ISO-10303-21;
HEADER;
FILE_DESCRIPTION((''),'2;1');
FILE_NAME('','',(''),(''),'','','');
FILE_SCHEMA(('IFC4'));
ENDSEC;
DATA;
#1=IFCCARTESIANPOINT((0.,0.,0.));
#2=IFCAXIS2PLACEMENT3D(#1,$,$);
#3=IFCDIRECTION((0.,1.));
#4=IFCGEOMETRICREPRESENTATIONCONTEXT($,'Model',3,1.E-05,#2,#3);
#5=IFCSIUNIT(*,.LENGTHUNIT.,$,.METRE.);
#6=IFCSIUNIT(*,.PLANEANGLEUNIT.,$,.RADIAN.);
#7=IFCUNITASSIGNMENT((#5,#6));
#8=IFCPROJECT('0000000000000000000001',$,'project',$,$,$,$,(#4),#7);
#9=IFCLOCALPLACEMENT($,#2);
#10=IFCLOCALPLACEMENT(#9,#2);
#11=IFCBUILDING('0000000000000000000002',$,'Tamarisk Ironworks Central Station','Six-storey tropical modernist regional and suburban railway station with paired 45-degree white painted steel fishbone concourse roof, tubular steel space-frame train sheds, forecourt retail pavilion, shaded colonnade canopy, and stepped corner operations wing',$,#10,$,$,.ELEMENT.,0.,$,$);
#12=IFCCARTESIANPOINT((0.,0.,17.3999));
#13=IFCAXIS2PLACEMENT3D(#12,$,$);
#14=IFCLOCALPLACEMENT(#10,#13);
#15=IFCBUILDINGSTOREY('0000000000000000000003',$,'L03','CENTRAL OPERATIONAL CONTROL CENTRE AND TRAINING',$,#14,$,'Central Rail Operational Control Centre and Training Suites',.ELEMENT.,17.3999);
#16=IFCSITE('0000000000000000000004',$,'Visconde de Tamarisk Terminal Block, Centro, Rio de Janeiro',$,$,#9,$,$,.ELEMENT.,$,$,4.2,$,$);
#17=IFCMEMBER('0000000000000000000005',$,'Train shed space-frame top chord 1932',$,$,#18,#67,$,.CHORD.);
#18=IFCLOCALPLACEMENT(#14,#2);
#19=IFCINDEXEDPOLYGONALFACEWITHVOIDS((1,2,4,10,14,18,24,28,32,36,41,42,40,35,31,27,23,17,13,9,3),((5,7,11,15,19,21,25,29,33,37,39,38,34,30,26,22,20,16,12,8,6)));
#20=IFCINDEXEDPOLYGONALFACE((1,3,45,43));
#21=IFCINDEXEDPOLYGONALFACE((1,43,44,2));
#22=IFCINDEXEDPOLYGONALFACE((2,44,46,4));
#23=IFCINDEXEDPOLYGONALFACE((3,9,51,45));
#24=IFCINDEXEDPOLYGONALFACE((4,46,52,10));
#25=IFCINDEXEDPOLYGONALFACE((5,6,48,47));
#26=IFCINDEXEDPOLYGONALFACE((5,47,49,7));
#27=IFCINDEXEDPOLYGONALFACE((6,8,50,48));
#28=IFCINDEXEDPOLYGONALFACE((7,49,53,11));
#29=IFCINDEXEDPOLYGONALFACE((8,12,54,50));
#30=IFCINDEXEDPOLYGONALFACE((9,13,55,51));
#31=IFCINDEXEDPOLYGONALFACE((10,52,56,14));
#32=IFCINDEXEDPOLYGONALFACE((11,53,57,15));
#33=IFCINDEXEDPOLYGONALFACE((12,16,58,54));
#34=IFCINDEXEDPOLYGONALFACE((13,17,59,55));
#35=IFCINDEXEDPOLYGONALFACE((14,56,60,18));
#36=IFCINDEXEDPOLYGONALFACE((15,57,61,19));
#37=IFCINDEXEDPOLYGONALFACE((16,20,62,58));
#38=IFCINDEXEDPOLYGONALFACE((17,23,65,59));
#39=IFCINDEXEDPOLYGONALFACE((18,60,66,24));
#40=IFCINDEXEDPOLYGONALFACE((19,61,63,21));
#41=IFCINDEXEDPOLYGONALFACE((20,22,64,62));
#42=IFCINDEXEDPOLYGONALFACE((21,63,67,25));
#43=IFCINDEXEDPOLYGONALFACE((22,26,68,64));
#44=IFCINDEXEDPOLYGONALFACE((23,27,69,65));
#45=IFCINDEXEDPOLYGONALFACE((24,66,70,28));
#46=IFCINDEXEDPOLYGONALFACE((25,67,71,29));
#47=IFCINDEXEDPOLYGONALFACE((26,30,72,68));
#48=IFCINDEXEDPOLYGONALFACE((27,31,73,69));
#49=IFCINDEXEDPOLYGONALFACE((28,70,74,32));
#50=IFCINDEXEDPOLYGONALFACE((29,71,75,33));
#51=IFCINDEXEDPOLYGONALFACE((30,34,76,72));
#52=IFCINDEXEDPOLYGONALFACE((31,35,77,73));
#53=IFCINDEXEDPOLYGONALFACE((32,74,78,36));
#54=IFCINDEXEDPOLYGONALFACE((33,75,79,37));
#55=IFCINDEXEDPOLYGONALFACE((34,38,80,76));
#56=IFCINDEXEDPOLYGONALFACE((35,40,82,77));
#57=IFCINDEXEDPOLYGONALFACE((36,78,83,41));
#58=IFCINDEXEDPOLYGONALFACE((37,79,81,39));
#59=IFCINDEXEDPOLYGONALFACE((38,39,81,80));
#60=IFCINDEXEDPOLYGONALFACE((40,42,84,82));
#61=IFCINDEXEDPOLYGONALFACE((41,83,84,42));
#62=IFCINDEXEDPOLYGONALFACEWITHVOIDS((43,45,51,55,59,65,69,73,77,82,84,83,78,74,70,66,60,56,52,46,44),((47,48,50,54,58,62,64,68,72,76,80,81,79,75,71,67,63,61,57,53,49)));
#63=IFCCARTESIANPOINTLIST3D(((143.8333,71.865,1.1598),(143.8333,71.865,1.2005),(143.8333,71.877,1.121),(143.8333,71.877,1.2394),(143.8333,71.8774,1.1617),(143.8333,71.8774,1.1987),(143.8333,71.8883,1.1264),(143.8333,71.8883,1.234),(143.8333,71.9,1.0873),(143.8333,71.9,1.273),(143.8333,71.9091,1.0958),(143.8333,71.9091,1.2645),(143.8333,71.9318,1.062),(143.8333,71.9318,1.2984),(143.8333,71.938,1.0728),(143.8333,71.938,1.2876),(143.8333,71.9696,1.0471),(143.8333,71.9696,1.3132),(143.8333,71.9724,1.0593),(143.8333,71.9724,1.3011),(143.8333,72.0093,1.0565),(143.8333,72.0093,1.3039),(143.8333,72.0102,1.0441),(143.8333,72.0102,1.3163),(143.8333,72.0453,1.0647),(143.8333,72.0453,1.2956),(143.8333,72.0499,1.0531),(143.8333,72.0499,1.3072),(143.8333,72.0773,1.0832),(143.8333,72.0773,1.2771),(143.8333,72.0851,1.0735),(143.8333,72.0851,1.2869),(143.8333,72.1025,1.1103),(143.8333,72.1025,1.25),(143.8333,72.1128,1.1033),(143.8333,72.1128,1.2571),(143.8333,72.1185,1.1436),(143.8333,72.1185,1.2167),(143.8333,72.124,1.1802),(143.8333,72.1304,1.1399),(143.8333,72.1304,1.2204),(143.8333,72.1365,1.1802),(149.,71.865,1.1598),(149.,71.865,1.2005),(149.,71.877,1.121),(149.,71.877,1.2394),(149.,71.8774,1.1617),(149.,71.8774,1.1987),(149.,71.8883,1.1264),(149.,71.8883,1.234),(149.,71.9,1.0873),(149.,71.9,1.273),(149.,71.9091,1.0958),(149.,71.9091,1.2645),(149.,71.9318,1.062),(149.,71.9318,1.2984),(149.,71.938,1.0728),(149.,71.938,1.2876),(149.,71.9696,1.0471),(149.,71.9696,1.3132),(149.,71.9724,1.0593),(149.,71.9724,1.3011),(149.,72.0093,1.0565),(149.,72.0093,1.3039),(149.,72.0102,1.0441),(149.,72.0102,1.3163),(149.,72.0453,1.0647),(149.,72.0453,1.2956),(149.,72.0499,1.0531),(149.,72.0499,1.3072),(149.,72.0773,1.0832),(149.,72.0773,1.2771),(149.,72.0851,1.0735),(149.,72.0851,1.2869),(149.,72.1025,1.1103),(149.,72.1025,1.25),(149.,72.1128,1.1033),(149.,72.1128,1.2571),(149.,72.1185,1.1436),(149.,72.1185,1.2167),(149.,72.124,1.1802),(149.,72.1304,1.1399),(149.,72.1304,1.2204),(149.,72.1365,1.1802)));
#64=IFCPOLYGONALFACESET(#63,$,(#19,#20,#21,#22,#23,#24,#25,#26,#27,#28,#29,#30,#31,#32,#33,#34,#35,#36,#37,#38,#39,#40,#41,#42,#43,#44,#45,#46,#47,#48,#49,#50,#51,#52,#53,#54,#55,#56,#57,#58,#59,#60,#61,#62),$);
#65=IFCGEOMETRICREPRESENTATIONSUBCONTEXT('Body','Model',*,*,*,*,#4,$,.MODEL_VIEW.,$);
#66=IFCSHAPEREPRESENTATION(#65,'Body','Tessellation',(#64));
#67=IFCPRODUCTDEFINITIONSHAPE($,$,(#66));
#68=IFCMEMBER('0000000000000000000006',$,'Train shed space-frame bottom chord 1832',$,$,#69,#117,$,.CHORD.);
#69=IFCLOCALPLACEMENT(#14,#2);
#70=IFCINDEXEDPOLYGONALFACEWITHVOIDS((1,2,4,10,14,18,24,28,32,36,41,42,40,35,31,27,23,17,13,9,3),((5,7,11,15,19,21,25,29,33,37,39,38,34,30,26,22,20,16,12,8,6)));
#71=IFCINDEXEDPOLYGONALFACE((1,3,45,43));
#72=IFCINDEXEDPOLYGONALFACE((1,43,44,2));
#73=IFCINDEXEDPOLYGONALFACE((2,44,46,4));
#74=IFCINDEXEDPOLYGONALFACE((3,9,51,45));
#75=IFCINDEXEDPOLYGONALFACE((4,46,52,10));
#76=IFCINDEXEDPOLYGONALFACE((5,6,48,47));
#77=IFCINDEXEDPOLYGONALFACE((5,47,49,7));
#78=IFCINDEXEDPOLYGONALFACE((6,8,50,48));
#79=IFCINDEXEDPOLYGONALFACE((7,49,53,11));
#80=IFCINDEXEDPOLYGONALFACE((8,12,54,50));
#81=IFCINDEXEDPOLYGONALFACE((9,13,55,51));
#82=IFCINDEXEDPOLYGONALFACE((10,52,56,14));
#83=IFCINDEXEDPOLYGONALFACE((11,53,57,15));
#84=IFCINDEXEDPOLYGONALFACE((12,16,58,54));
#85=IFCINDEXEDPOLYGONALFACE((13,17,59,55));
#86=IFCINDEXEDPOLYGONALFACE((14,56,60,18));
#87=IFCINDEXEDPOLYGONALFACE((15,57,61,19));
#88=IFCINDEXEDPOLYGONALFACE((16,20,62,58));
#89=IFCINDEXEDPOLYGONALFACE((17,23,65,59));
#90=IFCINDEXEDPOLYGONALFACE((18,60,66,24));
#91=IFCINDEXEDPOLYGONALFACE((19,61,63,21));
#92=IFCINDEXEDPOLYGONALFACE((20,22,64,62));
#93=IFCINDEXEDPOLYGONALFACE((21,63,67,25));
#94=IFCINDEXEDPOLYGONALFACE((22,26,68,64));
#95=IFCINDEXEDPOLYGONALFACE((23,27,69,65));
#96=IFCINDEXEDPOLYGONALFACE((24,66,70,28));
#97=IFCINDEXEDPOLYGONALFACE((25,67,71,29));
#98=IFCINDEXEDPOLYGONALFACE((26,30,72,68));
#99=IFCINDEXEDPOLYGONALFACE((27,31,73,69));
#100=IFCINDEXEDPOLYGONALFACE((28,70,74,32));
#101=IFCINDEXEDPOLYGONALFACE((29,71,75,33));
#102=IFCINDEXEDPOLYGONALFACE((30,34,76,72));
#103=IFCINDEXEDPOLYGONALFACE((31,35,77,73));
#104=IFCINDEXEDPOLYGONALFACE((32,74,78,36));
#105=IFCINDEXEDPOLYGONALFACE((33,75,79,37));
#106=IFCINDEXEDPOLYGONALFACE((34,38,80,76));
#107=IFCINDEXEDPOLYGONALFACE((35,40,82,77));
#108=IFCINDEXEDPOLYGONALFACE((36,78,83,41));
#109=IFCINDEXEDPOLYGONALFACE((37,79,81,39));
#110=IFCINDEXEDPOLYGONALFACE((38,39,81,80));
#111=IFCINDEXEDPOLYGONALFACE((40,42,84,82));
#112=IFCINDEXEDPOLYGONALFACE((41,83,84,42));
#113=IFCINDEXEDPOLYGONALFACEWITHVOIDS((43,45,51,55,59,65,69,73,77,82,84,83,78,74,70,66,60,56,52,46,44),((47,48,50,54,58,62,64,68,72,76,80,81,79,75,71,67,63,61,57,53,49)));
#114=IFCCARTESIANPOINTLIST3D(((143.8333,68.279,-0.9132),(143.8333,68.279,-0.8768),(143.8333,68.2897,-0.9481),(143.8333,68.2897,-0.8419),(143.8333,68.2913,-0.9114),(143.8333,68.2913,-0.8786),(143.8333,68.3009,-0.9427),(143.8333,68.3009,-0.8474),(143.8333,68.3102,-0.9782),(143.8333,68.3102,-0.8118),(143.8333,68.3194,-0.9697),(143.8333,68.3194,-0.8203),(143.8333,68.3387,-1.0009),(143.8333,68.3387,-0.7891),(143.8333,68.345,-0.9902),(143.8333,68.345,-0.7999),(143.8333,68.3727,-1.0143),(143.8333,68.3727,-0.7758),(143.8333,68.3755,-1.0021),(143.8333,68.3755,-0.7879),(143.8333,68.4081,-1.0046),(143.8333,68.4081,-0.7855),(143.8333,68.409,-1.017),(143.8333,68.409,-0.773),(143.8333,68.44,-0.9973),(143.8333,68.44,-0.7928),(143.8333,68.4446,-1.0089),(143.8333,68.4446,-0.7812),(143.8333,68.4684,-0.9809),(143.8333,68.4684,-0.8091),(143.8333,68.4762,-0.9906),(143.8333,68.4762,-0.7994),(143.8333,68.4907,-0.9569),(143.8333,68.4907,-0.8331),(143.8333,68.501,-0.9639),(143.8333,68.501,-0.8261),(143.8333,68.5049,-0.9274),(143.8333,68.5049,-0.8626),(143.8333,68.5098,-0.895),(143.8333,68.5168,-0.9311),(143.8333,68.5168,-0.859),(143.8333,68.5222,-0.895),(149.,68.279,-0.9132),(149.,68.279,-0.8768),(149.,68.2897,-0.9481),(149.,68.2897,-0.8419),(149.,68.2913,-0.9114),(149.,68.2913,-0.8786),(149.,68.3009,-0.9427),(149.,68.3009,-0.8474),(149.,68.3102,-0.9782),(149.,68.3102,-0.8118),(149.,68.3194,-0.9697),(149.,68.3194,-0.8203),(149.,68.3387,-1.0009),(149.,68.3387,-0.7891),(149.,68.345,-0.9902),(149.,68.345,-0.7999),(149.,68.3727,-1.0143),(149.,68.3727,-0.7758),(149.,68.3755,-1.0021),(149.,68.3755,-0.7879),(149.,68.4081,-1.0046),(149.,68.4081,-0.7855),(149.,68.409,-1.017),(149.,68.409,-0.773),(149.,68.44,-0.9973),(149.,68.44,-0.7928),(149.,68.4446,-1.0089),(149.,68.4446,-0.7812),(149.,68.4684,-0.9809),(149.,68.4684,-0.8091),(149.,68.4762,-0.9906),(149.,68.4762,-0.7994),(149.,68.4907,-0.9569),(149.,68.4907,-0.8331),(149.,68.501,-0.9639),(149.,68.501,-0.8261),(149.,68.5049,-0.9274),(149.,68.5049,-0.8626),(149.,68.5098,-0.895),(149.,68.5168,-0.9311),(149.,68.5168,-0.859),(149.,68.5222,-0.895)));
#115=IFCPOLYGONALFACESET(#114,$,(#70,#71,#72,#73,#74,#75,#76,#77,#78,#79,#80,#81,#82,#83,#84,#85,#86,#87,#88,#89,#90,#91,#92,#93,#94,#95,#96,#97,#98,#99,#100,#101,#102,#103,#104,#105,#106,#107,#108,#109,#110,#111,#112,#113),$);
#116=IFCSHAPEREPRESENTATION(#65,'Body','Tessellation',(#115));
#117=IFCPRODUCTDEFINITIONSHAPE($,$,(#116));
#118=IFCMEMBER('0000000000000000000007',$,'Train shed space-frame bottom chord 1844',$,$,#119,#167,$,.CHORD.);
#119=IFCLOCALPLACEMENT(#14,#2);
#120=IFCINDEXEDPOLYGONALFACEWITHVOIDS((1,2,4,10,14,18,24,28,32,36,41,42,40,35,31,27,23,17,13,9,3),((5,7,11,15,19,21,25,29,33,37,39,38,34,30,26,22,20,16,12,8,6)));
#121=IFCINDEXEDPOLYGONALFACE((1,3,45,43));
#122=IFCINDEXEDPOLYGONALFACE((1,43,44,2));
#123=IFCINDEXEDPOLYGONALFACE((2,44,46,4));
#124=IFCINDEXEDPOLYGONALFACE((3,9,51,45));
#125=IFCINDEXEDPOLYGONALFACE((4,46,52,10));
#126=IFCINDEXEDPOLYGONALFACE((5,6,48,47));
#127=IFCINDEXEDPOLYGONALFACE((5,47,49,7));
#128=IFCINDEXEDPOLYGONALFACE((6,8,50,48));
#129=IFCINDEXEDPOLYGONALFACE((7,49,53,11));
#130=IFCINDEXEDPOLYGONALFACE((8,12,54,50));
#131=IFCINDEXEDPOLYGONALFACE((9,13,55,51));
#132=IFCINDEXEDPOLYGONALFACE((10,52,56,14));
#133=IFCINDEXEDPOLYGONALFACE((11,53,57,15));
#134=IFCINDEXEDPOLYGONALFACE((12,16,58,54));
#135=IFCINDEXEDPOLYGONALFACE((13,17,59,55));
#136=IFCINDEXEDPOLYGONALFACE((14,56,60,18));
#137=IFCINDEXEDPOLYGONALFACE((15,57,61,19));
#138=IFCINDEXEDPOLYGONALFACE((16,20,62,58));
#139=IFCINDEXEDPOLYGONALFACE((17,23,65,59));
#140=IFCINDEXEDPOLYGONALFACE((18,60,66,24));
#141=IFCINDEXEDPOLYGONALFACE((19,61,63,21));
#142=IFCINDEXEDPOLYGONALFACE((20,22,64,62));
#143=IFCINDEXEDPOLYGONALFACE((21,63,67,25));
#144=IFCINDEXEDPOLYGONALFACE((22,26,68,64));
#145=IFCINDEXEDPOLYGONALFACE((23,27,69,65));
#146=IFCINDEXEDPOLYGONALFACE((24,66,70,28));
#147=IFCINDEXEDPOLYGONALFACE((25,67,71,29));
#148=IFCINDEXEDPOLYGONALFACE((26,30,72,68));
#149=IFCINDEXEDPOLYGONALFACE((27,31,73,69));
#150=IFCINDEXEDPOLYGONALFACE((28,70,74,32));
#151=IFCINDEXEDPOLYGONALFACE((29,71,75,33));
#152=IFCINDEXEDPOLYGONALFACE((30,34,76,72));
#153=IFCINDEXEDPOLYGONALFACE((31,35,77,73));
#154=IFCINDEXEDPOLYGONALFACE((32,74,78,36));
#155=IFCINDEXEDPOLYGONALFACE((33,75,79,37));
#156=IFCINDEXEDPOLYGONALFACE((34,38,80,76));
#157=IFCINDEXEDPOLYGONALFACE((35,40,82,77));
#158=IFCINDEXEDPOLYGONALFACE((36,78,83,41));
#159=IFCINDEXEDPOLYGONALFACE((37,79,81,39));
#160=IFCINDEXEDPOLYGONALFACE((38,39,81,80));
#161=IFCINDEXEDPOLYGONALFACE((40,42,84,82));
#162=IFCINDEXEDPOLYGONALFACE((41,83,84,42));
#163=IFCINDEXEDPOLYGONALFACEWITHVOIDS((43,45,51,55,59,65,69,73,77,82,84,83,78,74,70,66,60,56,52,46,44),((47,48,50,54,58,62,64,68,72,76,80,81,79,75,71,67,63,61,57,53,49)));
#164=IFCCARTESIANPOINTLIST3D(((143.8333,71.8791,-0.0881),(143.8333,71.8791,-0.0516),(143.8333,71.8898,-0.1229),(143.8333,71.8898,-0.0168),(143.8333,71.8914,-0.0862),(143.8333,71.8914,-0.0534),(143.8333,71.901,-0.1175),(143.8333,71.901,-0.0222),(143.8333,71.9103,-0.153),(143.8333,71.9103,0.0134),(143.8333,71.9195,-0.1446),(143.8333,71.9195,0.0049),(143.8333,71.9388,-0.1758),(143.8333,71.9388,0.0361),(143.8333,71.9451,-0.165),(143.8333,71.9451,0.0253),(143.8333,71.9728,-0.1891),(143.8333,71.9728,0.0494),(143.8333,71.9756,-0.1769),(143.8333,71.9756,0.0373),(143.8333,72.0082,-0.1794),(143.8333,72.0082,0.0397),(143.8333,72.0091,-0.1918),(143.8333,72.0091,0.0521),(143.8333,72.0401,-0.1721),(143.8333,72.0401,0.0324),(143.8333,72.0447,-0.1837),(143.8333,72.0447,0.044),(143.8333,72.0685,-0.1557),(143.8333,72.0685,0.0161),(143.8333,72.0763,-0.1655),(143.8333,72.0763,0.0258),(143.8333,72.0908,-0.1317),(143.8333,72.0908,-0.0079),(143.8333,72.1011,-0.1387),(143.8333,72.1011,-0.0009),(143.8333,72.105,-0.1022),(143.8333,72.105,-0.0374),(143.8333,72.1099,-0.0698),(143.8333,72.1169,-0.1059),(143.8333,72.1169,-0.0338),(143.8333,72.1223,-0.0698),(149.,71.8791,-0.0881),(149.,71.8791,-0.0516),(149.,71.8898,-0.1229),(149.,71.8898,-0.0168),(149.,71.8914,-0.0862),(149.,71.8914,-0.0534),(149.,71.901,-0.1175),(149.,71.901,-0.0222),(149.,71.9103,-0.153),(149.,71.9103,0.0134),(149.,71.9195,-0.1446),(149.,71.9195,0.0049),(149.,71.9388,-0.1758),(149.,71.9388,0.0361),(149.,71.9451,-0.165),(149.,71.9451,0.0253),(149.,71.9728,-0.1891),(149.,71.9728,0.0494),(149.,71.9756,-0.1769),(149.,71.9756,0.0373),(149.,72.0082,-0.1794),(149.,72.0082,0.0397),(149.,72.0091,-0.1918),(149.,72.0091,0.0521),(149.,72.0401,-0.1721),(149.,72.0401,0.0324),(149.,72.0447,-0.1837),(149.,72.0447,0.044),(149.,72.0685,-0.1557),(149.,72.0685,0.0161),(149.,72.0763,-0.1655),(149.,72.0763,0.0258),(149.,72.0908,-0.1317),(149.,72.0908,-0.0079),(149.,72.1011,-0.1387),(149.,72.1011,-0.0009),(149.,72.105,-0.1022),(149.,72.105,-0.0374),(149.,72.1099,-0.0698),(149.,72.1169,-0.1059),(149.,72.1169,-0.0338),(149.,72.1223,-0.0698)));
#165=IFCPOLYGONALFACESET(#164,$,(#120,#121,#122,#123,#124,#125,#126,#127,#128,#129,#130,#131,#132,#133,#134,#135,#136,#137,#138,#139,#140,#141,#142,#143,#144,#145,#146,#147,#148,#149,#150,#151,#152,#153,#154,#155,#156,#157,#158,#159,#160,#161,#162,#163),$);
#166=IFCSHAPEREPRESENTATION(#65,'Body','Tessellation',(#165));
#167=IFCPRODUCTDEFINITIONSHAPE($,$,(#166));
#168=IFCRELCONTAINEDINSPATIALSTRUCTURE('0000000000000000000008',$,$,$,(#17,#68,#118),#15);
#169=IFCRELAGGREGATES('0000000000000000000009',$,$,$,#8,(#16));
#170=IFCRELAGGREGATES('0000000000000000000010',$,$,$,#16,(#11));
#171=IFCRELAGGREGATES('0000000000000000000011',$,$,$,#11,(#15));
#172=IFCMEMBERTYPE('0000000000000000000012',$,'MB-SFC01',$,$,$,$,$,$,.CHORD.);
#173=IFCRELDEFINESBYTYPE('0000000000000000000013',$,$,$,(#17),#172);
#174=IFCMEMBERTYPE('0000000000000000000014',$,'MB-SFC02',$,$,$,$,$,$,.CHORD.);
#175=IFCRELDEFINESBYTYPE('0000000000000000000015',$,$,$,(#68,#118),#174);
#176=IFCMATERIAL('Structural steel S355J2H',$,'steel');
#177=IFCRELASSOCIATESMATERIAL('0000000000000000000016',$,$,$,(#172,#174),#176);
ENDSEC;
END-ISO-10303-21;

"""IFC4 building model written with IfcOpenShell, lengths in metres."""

from ifc_helpers import new_model, si_unit, direction, frame, origin, origin_2d, place, context, subcontext, project, spatial, hollow_circle, extrude, material, material_profile, profile_set, type_object, element, save


model = new_model("IFC4")

# Units and contexts
model_context = context("Model", 3, precision=1e-05, world=origin(), true_north=direction((0.0, 1.0)))
body_context = subcontext(model_context, "Body", "Model", "MODEL_VIEW")
ifc_project = project(units=[si_unit("LENGTHUNIT", "METRE"), si_unit("PLANEANGLEUNIT", "RADIAN")], contexts=[model_context])

# Site, building, storey
site_placement = place(None, origin())
site = spatial("IfcSite", under=ifc_project, at=site_placement, Name="Visconde de Tamarisk Terminal Block, Centro, Rio de Janeiro", CompositionType="ELEMENT", RefElevation=4.2)
building_placement = place(site_placement, origin())
building = spatial("IfcBuilding", under=site, at=building_placement, Name="Tamarisk Ironworks Central Station", Description="Six-storey tropical modernist regional and suburban railway station with paired 45-degree white painted steel fishbone concourse roof, tubular steel space-frame train sheds, forecourt retail pavilion, shaded colonnade canopy, and stepped corner operations wing", CompositionType="ELEMENT", ElevationOfRefHeight=0.0)
storey_placement = place(building_placement, frame((0.0, 0.0, 17.3999)))
storey = spatial("IfcBuildingStorey", under=building, at=storey_placement, Name="L03", Description="CENTRAL OPERATIONAL CONTROL CENTRE AND TRAINING", LongName="Central Rail Operational Control Centre and Training Suites", CompositionType="ELEMENT", Elevation=17.3999)

# Members
ifc_material_1 = material(Name="Structural steel S355J2H", Category="steel")
ifc_material_profile_1 = material_profile(ifc_material_1, hollow_circle(Radius=0.1365, WallThickness=0.0125, at=origin_2d()), Name="CHS 273x12.5")
ifc_profile_set_1 = profile_set([ifc_material_profile_1], Name="Structural steel S355J2H")
member_type_1 = type_object("IfcMemberType", Name="MB-SFC01", PredefinedType="CHORD", material=ifc_profile_set_1)
member_1_placement = place(storey_placement, frame((143.8333, 72.0, 1.1802), z_axis=(1.0, 0.0, 0.0), x_axis=(0.0, 1.0, 0.0)))
element("IfcMember", 1, at=member_1_placement, inside=storey, type_object=member_type_1, Name="Train shed space-frame top chord 1932", PredefinedType="CHORD", context=body_context, shape_type="SweptSolid", body=[
    extrude(hollow_circle(Radius=0.1365, WallThickness=0.0125, at=origin_2d()), origin(), (0.0, 0.0, 1.0), 5.1667),
])
ifc_material_profile_2 = material_profile(ifc_material_1, hollow_circle(Radius=0.1223, WallThickness=0.0125, at=origin_2d()), Name="CHS 244.5x12.5")
ifc_profile_set_2 = profile_set([ifc_material_profile_2], Name="Structural steel S355J2H")
member_type_2 = type_object("IfcMemberType", Name="MB-SFC02", PredefinedType="CHORD", material=ifc_profile_set_2)
for number, where, z_axis, x_axis, name in (
    (2, (143.8333, 68.3999, -0.895), (1.0, 0.0, 0.0), (0.0, 1.0, 0.0), "Train shed space-frame bottom chord 1832"),
    (3, (143.8333, 72.0, -0.0698), (1.0, 0.0, 0.0), (0.0, 1.0, 0.0), "Train shed space-frame bottom chord 1844"),
):
    element("IfcMember", number, at=place(storey_placement, frame(where, z_axis=z_axis, x_axis=x_axis)), inside=storey, type_object=member_type_2, Name=name, PredefinedType="CHORD", context=body_context, shape_type="SweptSolid", body=[
        extrude(hollow_circle(Radius=0.1223, WallThickness=0.0125, at=origin_2d()), origin(), (0.0, 0.0, 1.0), 5.1667),
    ])

save(model, "model.ifc")
